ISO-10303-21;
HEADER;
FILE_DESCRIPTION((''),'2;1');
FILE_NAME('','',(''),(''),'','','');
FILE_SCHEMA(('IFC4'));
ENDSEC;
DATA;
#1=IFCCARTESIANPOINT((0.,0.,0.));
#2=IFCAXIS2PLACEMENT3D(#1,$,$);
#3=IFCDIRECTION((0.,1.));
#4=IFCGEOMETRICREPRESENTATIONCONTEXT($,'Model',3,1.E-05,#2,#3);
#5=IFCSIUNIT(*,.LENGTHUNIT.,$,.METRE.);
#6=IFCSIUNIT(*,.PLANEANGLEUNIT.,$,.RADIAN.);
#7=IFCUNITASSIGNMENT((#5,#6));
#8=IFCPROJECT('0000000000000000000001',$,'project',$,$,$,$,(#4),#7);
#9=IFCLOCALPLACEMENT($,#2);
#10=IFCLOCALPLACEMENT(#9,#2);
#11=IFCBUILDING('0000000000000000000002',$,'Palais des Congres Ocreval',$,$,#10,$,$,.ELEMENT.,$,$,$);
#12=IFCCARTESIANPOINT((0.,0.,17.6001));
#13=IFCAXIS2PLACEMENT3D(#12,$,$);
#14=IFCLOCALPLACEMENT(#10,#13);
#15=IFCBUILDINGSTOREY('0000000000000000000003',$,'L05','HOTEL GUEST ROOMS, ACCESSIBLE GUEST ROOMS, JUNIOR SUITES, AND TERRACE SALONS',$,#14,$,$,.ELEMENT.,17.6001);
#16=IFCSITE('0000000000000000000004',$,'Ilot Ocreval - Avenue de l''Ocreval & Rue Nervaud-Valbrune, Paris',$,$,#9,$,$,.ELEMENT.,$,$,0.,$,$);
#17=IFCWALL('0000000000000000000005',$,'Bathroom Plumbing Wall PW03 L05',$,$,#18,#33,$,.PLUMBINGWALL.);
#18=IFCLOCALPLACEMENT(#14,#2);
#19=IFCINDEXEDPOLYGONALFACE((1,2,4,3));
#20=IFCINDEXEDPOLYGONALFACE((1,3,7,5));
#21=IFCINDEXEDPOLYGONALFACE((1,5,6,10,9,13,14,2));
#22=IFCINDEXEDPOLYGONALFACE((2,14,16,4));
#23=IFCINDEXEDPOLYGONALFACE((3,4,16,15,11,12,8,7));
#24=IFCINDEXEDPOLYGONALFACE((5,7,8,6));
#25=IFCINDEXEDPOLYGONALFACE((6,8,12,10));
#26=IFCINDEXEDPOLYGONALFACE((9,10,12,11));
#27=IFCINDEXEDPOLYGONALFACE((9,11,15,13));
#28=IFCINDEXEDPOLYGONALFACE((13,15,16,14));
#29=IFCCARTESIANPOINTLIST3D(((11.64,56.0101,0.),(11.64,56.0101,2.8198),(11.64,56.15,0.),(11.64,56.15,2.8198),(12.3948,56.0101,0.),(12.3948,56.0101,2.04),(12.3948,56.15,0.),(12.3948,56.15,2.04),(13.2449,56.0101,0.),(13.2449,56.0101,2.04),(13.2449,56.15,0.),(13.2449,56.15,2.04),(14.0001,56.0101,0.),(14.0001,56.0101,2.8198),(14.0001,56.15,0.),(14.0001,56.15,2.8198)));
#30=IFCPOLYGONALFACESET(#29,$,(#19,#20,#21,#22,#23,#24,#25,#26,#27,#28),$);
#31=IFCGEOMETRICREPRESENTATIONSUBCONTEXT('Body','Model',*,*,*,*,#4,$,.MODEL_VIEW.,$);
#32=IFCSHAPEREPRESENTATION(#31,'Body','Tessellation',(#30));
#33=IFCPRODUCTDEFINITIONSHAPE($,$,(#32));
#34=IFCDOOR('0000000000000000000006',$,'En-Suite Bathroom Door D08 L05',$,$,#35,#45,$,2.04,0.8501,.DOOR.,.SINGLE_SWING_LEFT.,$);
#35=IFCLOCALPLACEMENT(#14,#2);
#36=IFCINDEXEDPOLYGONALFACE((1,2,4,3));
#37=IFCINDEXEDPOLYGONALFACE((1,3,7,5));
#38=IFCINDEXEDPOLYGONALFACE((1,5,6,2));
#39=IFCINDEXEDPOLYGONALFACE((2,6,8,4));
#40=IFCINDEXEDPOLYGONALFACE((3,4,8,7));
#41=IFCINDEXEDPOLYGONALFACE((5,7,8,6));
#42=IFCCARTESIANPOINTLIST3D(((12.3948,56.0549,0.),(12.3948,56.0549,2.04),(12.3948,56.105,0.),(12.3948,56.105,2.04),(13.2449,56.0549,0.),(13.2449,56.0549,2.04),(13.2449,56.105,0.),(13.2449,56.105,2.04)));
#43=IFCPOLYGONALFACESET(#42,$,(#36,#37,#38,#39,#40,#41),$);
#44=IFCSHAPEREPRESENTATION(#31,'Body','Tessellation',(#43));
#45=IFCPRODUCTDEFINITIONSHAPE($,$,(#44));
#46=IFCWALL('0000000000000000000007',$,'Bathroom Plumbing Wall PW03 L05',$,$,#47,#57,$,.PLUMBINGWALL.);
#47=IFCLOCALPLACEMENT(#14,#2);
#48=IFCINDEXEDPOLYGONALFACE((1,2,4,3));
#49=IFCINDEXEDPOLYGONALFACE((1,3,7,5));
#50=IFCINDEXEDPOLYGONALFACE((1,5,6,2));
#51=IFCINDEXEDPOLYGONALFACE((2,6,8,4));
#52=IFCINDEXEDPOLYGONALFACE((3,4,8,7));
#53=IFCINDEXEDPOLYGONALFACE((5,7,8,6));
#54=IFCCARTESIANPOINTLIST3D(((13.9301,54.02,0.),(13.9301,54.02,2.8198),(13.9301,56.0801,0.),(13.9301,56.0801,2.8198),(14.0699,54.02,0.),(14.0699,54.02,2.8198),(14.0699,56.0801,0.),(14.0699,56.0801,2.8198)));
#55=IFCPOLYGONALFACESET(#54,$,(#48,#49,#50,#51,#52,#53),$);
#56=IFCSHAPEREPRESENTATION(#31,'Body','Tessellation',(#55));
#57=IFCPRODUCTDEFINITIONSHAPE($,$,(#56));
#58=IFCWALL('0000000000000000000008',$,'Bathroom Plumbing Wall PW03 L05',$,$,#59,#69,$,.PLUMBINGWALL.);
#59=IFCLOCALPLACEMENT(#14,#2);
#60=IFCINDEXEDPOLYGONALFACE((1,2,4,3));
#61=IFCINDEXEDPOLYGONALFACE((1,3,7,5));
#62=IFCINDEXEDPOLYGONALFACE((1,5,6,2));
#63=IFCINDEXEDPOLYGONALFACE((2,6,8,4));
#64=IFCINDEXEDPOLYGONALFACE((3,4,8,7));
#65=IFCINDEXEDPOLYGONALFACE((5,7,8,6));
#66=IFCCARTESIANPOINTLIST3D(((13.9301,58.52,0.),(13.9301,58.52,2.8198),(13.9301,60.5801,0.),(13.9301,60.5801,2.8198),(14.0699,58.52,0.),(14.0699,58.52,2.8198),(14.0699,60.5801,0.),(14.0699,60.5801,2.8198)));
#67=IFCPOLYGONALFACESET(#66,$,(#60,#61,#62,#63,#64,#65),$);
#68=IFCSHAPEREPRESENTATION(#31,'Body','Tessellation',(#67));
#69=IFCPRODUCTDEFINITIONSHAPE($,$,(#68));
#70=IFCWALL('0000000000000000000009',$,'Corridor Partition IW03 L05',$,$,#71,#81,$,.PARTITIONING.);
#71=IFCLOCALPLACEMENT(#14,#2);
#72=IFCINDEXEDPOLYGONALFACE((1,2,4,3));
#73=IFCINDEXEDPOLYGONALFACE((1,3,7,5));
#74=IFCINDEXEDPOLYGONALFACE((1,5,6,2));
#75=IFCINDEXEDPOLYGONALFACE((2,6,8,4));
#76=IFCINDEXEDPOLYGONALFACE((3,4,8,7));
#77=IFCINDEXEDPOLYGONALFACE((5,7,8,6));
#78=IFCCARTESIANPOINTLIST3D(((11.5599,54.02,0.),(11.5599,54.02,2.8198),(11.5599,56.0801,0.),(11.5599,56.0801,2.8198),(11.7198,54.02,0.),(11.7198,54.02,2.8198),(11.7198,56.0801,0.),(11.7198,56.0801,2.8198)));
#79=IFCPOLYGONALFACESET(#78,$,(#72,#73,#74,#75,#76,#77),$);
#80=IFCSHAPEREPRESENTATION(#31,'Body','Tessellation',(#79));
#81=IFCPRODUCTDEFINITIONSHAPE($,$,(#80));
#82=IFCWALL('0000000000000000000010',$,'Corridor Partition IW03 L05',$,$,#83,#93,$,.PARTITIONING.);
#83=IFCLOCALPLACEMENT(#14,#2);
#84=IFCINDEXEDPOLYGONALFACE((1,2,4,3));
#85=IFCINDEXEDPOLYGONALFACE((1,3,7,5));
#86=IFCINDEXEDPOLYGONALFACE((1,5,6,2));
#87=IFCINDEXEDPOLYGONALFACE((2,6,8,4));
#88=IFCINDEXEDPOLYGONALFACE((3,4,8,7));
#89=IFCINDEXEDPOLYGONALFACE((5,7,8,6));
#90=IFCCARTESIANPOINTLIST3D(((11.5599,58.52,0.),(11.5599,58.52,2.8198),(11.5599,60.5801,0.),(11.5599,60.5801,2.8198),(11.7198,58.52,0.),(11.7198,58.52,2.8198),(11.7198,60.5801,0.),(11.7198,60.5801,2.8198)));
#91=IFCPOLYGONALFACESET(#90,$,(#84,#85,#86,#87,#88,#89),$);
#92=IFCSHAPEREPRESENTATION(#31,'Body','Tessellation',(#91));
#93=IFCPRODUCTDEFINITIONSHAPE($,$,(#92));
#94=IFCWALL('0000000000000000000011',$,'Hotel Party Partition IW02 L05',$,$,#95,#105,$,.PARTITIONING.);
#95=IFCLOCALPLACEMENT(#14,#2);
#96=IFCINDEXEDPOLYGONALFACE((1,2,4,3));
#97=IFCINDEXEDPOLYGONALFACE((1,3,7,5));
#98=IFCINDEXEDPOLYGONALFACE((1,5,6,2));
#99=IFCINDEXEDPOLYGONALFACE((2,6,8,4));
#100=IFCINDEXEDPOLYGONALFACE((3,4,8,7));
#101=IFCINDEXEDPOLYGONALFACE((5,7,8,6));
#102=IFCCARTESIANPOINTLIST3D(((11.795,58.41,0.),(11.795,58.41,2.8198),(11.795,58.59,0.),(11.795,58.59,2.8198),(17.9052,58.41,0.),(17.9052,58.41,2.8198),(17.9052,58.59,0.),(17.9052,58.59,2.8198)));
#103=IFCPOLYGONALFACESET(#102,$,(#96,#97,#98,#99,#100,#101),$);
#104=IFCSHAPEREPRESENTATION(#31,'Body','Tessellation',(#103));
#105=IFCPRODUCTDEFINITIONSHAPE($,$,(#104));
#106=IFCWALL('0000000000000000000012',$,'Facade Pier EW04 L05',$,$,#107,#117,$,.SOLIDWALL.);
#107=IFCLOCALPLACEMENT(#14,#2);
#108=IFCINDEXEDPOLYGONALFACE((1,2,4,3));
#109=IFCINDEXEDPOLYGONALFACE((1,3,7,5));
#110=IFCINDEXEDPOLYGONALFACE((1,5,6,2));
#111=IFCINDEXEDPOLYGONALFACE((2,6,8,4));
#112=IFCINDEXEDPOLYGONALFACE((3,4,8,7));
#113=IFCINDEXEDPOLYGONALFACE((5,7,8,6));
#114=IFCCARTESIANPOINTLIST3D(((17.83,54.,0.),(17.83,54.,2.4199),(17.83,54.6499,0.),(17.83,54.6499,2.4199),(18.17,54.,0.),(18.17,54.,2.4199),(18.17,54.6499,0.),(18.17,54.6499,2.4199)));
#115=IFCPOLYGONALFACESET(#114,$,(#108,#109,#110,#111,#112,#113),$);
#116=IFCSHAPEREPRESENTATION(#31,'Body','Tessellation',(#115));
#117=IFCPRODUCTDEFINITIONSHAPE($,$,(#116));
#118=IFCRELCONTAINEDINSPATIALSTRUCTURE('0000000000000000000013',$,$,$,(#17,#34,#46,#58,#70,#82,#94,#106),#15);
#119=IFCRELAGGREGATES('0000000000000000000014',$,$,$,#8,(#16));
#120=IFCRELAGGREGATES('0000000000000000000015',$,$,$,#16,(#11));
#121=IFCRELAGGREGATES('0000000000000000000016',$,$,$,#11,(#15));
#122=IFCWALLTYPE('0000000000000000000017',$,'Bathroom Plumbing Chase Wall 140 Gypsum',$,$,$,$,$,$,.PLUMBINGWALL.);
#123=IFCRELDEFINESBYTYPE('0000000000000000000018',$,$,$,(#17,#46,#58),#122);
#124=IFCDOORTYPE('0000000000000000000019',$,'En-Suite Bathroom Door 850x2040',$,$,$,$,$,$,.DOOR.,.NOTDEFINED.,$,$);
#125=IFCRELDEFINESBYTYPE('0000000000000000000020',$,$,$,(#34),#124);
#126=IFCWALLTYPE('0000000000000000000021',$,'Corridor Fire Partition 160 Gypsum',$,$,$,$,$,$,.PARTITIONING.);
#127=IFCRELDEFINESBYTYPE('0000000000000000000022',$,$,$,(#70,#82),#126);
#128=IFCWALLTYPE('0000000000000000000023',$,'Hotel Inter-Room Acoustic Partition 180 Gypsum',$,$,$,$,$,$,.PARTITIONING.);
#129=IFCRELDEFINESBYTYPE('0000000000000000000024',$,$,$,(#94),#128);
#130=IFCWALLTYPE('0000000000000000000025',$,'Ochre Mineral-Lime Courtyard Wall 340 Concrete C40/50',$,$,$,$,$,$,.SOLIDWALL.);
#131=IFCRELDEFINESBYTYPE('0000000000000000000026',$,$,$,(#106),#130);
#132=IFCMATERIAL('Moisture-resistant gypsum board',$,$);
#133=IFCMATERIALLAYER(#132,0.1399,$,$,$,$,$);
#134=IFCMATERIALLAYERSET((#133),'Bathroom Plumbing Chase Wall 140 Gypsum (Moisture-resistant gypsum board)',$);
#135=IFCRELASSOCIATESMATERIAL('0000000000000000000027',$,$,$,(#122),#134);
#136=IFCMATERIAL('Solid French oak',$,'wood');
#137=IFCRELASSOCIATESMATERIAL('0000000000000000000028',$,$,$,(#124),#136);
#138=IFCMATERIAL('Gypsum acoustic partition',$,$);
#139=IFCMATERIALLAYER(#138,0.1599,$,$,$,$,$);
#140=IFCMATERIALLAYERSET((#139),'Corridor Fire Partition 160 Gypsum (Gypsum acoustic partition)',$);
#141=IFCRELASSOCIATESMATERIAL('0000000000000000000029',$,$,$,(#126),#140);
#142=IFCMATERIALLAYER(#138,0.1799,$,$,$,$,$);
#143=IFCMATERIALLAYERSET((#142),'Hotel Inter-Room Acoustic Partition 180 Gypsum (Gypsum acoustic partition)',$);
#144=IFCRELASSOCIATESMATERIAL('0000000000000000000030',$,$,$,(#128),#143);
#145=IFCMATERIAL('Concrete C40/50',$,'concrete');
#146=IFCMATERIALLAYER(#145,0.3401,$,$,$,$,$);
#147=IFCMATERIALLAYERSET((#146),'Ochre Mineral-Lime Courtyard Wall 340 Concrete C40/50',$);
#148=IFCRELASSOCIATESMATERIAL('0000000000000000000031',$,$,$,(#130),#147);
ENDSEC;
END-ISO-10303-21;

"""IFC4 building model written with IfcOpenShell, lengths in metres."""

from ifc_helpers import new_model, si_unit, direction, frame, frame_2d, origin, place, context, subcontext, project, spatial, rectangle, extrude, material, layer, layer_set, type_object, element, fill, save


model = new_model("IFC4")

# Units and contexts
model_context = context("Model", 3, precision=1e-05, world=origin(), true_north=direction((0.0, 1.0)))
body_context = subcontext(model_context, "Body", "Model", "MODEL_VIEW")
ifc_project = project(units=[si_unit("LENGTHUNIT", "METRE"), si_unit("PLANEANGLEUNIT", "RADIAN")], contexts=[model_context])

# Site, building, storey
site_placement = place(None, origin())
site = spatial("IfcSite", under=ifc_project, at=site_placement, Name="Ilot Ocreval - Avenue de l'Ocreval & Rue Nervaud-Valbrune, Paris", CompositionType="ELEMENT", RefElevation=0.0)
building_placement = place(site_placement, origin())
building = spatial("IfcBuilding", under=site, at=building_placement, Name="Palais des Congres Ocreval", CompositionType="ELEMENT")
storey_placement = place(building_placement, frame((0.0, 0.0, 17.6001)))
storey = spatial("IfcBuildingStorey", under=building, at=storey_placement, Name="L05", Description="HOTEL GUEST ROOMS, ACCESSIBLE GUEST ROOMS, JUNIOR SUITES, AND TERRACE SALONS", CompositionType="ELEMENT", Elevation=17.6001)

# Wall, opening, door
ifc_material_1 = material(Name="Moisture-resistant gypsum board")
ifc_layer_1 = layer(ifc_material_1, 0.1399)
ifc_layer_set_1 = layer_set([ifc_layer_1], Name="Bathroom Plumbing Chase Wall 140 Gypsum (Moisture-resistant gypsum board)")
wall_type_1 = type_object("IfcWallType", Name="Bathroom Plumbing Chase Wall 140 Gypsum", PredefinedType="PLUMBINGWALL", material=ifc_layer_set_1)
wall_1_placement = place(storey_placement, frame((11.6399, 56.0801, 0.0), z_axis=(0.0, 0.0, 1.0), x_axis=(1.0, 0.0, 0.0)))
wall_1 = element("IfcWall", 1, at=wall_1_placement, inside=storey, type_object=wall_type_1, Name="Bathroom Plumbing Wall PW03 L05", PredefinedType="PLUMBINGWALL", context=body_context, shape_type="SweptSolid", body=[
    extrude(rectangle(XDim=2.3601, YDim=0.1399, at=frame_2d((1.1802, 0.0))), origin(), (0.0, 0.0, 1.0), 2.8198),
])
opening_1_placement = place(wall_1_placement, frame((0.7549, 0.0, 0.0)))
opening_1 = element("IfcOpeningElement", 2, at=opening_1_placement, cuts=wall_1, PredefinedType="OPENING", context=body_context, shape_type="SweptSolid", body=[
    extrude(rectangle(XDim=0.8501, YDim=2.04, at=frame_2d((0.425, 1.02))), frame((0.0, 0.0798, 0.0), z_axis=(0.0, -1.0, 0.0), x_axis=(1.0, 0.0, 0.0)), (0.0, 0.0, 1.0), 0.1599),
])
ifc_material_2 = material(Name="Solid French oak", Category="wood")
door_type_1 = type_object("IfcDoorType", Name="En-Suite Bathroom Door 850x2040", OperationType="NOTDEFINED", PredefinedType="DOOR", material=ifc_material_2)
door_1_placement = place(opening_1_placement, origin())
door_1 = element("IfcDoor", 3, at=door_1_placement, inside=storey, type_object=door_type_1, Name="En-Suite Bathroom Door D08 L05", OperationType="SINGLE_SWING_LEFT", OverallHeight=2.04, OverallWidth=0.8501, PredefinedType="DOOR", context=body_context, shape_type="SweptSolid", body=[
    extrude(rectangle(XDim=0.8501, YDim=2.04, at=frame_2d((0.425, 1.02))), frame((0.0, 0.0249, 0.0), z_axis=(0.0, -1.0, 0.0), x_axis=(1.0, 0.0, 0.0)), (0.0, 0.0, 1.0), 0.05),
])
fill(opening_1, door_1)

# Walls
for number, where, z_axis, x_axis, name in (
    (4, (14.0, 54.02, 0.0), (0.0, 0.0, 1.0), (0.0, 1.0, 0.0), "Bathroom Plumbing Wall PW03 L05"),
    (5, (14.0, 58.52, 0.0), (0.0, 0.0, 1.0), (0.0, 1.0, 0.0), "Bathroom Plumbing Wall PW03 L05"),
):
    element("IfcWall", number, at=place(storey_placement, frame(where, z_axis=z_axis, x_axis=x_axis)), inside=storey, type_object=wall_type_1, Name=name, PredefinedType="PLUMBINGWALL", context=body_context, shape_type="SweptSolid", body=[
        extrude(rectangle(XDim=2.0601, YDim=0.1399, at=frame_2d((1.03, 0.0))), origin(), (0.0, 0.0, 1.0), 2.8198),
    ])
ifc_material_3 = material(Name="Gypsum acoustic partition")
ifc_layer_2 = layer(ifc_material_3, 0.1599)
ifc_layer_set_2 = layer_set([ifc_layer_2], Name="Corridor Fire Partition 160 Gypsum (Gypsum acoustic partition)")
wall_type_2 = type_object("IfcWallType", Name="Corridor Fire Partition 160 Gypsum", PredefinedType="PARTITIONING", material=ifc_layer_set_2)
for number, where, z_axis, x_axis, name in (
    (6, (11.6399, 54.02, 0.0), (0.0, 0.0, 1.0), (0.0, 1.0, 0.0), "Corridor Partition IW03 L05"),
    (7, (11.6399, 58.52, 0.0), (0.0, 0.0, 1.0), (0.0, 1.0, 0.0), "Corridor Partition IW03 L05"),
):
    element("IfcWall", number, at=place(storey_placement, frame(where, z_axis=z_axis, x_axis=x_axis)), inside=storey, type_object=wall_type_2, Name=name, PredefinedType="PARTITIONING", context=body_context, shape_type="SweptSolid", body=[
        extrude(rectangle(XDim=2.0601, YDim=0.1599, at=frame_2d((1.03, 0.0))), origin(), (0.0, 0.0, 1.0), 2.8198),
    ])

# Walls
ifc_layer_3 = layer(ifc_material_3, 0.1799)
ifc_layer_set_3 = layer_set([ifc_layer_3], Name="Hotel Inter-Room Acoustic Partition 180 Gypsum (Gypsum acoustic partition)")
wall_type_3 = type_object("IfcWallType", Name="Hotel Inter-Room Acoustic Partition 180 Gypsum", PredefinedType="PARTITIONING", material=ifc_layer_set_3)
wall_2_placement = place(storey_placement, frame((11.7949, 58.5, 0.0), z_axis=(0.0, 0.0, 1.0), x_axis=(1.0, 0.0, 0.0)))
element("IfcWall", 8, at=wall_2_placement, inside=storey, type_object=wall_type_3, Name="Hotel Party Partition IW02 L05", PredefinedType="PARTITIONING", context=body_context, shape_type="SweptSolid", body=[
    extrude(rectangle(XDim=6.1101, YDim=0.1799, at=frame_2d((3.0552, 0.0))), origin(), (0.0, 0.0, 1.0), 2.8198),
])
ifc_material_4 = material(Name="Concrete C40/50", Category="concrete")
ifc_layer_4 = layer(ifc_material_4, 0.3401)
ifc_layer_set_4 = layer_set([ifc_layer_4], Name="Ochre Mineral-Lime Courtyard Wall 340 Concrete C40/50")
wall_type_4 = type_object("IfcWallType", Name="Ochre Mineral-Lime Courtyard Wall 340 Concrete C40/50", PredefinedType="SOLIDWALL", material=ifc_layer_set_4)
wall_3_placement = place(storey_placement, frame((18.0, 54.6499, 0.0), z_axis=(0.0, 0.0, 1.0), x_axis=(0.0, -1.0, 0.0)))
element("IfcWall", 9, at=wall_3_placement, inside=storey, type_object=wall_type_4, Name="Facade Pier EW04 L05", PredefinedType="SOLIDWALL", context=body_context, shape_type="SweptSolid", body=[
    extrude(rectangle(XDim=0.6499, YDim=0.3401, at=frame_2d((0.325, 0.0))), origin(), (0.0, 0.0, 1.0), 2.4199),
])

save(model, "model.ifc")
